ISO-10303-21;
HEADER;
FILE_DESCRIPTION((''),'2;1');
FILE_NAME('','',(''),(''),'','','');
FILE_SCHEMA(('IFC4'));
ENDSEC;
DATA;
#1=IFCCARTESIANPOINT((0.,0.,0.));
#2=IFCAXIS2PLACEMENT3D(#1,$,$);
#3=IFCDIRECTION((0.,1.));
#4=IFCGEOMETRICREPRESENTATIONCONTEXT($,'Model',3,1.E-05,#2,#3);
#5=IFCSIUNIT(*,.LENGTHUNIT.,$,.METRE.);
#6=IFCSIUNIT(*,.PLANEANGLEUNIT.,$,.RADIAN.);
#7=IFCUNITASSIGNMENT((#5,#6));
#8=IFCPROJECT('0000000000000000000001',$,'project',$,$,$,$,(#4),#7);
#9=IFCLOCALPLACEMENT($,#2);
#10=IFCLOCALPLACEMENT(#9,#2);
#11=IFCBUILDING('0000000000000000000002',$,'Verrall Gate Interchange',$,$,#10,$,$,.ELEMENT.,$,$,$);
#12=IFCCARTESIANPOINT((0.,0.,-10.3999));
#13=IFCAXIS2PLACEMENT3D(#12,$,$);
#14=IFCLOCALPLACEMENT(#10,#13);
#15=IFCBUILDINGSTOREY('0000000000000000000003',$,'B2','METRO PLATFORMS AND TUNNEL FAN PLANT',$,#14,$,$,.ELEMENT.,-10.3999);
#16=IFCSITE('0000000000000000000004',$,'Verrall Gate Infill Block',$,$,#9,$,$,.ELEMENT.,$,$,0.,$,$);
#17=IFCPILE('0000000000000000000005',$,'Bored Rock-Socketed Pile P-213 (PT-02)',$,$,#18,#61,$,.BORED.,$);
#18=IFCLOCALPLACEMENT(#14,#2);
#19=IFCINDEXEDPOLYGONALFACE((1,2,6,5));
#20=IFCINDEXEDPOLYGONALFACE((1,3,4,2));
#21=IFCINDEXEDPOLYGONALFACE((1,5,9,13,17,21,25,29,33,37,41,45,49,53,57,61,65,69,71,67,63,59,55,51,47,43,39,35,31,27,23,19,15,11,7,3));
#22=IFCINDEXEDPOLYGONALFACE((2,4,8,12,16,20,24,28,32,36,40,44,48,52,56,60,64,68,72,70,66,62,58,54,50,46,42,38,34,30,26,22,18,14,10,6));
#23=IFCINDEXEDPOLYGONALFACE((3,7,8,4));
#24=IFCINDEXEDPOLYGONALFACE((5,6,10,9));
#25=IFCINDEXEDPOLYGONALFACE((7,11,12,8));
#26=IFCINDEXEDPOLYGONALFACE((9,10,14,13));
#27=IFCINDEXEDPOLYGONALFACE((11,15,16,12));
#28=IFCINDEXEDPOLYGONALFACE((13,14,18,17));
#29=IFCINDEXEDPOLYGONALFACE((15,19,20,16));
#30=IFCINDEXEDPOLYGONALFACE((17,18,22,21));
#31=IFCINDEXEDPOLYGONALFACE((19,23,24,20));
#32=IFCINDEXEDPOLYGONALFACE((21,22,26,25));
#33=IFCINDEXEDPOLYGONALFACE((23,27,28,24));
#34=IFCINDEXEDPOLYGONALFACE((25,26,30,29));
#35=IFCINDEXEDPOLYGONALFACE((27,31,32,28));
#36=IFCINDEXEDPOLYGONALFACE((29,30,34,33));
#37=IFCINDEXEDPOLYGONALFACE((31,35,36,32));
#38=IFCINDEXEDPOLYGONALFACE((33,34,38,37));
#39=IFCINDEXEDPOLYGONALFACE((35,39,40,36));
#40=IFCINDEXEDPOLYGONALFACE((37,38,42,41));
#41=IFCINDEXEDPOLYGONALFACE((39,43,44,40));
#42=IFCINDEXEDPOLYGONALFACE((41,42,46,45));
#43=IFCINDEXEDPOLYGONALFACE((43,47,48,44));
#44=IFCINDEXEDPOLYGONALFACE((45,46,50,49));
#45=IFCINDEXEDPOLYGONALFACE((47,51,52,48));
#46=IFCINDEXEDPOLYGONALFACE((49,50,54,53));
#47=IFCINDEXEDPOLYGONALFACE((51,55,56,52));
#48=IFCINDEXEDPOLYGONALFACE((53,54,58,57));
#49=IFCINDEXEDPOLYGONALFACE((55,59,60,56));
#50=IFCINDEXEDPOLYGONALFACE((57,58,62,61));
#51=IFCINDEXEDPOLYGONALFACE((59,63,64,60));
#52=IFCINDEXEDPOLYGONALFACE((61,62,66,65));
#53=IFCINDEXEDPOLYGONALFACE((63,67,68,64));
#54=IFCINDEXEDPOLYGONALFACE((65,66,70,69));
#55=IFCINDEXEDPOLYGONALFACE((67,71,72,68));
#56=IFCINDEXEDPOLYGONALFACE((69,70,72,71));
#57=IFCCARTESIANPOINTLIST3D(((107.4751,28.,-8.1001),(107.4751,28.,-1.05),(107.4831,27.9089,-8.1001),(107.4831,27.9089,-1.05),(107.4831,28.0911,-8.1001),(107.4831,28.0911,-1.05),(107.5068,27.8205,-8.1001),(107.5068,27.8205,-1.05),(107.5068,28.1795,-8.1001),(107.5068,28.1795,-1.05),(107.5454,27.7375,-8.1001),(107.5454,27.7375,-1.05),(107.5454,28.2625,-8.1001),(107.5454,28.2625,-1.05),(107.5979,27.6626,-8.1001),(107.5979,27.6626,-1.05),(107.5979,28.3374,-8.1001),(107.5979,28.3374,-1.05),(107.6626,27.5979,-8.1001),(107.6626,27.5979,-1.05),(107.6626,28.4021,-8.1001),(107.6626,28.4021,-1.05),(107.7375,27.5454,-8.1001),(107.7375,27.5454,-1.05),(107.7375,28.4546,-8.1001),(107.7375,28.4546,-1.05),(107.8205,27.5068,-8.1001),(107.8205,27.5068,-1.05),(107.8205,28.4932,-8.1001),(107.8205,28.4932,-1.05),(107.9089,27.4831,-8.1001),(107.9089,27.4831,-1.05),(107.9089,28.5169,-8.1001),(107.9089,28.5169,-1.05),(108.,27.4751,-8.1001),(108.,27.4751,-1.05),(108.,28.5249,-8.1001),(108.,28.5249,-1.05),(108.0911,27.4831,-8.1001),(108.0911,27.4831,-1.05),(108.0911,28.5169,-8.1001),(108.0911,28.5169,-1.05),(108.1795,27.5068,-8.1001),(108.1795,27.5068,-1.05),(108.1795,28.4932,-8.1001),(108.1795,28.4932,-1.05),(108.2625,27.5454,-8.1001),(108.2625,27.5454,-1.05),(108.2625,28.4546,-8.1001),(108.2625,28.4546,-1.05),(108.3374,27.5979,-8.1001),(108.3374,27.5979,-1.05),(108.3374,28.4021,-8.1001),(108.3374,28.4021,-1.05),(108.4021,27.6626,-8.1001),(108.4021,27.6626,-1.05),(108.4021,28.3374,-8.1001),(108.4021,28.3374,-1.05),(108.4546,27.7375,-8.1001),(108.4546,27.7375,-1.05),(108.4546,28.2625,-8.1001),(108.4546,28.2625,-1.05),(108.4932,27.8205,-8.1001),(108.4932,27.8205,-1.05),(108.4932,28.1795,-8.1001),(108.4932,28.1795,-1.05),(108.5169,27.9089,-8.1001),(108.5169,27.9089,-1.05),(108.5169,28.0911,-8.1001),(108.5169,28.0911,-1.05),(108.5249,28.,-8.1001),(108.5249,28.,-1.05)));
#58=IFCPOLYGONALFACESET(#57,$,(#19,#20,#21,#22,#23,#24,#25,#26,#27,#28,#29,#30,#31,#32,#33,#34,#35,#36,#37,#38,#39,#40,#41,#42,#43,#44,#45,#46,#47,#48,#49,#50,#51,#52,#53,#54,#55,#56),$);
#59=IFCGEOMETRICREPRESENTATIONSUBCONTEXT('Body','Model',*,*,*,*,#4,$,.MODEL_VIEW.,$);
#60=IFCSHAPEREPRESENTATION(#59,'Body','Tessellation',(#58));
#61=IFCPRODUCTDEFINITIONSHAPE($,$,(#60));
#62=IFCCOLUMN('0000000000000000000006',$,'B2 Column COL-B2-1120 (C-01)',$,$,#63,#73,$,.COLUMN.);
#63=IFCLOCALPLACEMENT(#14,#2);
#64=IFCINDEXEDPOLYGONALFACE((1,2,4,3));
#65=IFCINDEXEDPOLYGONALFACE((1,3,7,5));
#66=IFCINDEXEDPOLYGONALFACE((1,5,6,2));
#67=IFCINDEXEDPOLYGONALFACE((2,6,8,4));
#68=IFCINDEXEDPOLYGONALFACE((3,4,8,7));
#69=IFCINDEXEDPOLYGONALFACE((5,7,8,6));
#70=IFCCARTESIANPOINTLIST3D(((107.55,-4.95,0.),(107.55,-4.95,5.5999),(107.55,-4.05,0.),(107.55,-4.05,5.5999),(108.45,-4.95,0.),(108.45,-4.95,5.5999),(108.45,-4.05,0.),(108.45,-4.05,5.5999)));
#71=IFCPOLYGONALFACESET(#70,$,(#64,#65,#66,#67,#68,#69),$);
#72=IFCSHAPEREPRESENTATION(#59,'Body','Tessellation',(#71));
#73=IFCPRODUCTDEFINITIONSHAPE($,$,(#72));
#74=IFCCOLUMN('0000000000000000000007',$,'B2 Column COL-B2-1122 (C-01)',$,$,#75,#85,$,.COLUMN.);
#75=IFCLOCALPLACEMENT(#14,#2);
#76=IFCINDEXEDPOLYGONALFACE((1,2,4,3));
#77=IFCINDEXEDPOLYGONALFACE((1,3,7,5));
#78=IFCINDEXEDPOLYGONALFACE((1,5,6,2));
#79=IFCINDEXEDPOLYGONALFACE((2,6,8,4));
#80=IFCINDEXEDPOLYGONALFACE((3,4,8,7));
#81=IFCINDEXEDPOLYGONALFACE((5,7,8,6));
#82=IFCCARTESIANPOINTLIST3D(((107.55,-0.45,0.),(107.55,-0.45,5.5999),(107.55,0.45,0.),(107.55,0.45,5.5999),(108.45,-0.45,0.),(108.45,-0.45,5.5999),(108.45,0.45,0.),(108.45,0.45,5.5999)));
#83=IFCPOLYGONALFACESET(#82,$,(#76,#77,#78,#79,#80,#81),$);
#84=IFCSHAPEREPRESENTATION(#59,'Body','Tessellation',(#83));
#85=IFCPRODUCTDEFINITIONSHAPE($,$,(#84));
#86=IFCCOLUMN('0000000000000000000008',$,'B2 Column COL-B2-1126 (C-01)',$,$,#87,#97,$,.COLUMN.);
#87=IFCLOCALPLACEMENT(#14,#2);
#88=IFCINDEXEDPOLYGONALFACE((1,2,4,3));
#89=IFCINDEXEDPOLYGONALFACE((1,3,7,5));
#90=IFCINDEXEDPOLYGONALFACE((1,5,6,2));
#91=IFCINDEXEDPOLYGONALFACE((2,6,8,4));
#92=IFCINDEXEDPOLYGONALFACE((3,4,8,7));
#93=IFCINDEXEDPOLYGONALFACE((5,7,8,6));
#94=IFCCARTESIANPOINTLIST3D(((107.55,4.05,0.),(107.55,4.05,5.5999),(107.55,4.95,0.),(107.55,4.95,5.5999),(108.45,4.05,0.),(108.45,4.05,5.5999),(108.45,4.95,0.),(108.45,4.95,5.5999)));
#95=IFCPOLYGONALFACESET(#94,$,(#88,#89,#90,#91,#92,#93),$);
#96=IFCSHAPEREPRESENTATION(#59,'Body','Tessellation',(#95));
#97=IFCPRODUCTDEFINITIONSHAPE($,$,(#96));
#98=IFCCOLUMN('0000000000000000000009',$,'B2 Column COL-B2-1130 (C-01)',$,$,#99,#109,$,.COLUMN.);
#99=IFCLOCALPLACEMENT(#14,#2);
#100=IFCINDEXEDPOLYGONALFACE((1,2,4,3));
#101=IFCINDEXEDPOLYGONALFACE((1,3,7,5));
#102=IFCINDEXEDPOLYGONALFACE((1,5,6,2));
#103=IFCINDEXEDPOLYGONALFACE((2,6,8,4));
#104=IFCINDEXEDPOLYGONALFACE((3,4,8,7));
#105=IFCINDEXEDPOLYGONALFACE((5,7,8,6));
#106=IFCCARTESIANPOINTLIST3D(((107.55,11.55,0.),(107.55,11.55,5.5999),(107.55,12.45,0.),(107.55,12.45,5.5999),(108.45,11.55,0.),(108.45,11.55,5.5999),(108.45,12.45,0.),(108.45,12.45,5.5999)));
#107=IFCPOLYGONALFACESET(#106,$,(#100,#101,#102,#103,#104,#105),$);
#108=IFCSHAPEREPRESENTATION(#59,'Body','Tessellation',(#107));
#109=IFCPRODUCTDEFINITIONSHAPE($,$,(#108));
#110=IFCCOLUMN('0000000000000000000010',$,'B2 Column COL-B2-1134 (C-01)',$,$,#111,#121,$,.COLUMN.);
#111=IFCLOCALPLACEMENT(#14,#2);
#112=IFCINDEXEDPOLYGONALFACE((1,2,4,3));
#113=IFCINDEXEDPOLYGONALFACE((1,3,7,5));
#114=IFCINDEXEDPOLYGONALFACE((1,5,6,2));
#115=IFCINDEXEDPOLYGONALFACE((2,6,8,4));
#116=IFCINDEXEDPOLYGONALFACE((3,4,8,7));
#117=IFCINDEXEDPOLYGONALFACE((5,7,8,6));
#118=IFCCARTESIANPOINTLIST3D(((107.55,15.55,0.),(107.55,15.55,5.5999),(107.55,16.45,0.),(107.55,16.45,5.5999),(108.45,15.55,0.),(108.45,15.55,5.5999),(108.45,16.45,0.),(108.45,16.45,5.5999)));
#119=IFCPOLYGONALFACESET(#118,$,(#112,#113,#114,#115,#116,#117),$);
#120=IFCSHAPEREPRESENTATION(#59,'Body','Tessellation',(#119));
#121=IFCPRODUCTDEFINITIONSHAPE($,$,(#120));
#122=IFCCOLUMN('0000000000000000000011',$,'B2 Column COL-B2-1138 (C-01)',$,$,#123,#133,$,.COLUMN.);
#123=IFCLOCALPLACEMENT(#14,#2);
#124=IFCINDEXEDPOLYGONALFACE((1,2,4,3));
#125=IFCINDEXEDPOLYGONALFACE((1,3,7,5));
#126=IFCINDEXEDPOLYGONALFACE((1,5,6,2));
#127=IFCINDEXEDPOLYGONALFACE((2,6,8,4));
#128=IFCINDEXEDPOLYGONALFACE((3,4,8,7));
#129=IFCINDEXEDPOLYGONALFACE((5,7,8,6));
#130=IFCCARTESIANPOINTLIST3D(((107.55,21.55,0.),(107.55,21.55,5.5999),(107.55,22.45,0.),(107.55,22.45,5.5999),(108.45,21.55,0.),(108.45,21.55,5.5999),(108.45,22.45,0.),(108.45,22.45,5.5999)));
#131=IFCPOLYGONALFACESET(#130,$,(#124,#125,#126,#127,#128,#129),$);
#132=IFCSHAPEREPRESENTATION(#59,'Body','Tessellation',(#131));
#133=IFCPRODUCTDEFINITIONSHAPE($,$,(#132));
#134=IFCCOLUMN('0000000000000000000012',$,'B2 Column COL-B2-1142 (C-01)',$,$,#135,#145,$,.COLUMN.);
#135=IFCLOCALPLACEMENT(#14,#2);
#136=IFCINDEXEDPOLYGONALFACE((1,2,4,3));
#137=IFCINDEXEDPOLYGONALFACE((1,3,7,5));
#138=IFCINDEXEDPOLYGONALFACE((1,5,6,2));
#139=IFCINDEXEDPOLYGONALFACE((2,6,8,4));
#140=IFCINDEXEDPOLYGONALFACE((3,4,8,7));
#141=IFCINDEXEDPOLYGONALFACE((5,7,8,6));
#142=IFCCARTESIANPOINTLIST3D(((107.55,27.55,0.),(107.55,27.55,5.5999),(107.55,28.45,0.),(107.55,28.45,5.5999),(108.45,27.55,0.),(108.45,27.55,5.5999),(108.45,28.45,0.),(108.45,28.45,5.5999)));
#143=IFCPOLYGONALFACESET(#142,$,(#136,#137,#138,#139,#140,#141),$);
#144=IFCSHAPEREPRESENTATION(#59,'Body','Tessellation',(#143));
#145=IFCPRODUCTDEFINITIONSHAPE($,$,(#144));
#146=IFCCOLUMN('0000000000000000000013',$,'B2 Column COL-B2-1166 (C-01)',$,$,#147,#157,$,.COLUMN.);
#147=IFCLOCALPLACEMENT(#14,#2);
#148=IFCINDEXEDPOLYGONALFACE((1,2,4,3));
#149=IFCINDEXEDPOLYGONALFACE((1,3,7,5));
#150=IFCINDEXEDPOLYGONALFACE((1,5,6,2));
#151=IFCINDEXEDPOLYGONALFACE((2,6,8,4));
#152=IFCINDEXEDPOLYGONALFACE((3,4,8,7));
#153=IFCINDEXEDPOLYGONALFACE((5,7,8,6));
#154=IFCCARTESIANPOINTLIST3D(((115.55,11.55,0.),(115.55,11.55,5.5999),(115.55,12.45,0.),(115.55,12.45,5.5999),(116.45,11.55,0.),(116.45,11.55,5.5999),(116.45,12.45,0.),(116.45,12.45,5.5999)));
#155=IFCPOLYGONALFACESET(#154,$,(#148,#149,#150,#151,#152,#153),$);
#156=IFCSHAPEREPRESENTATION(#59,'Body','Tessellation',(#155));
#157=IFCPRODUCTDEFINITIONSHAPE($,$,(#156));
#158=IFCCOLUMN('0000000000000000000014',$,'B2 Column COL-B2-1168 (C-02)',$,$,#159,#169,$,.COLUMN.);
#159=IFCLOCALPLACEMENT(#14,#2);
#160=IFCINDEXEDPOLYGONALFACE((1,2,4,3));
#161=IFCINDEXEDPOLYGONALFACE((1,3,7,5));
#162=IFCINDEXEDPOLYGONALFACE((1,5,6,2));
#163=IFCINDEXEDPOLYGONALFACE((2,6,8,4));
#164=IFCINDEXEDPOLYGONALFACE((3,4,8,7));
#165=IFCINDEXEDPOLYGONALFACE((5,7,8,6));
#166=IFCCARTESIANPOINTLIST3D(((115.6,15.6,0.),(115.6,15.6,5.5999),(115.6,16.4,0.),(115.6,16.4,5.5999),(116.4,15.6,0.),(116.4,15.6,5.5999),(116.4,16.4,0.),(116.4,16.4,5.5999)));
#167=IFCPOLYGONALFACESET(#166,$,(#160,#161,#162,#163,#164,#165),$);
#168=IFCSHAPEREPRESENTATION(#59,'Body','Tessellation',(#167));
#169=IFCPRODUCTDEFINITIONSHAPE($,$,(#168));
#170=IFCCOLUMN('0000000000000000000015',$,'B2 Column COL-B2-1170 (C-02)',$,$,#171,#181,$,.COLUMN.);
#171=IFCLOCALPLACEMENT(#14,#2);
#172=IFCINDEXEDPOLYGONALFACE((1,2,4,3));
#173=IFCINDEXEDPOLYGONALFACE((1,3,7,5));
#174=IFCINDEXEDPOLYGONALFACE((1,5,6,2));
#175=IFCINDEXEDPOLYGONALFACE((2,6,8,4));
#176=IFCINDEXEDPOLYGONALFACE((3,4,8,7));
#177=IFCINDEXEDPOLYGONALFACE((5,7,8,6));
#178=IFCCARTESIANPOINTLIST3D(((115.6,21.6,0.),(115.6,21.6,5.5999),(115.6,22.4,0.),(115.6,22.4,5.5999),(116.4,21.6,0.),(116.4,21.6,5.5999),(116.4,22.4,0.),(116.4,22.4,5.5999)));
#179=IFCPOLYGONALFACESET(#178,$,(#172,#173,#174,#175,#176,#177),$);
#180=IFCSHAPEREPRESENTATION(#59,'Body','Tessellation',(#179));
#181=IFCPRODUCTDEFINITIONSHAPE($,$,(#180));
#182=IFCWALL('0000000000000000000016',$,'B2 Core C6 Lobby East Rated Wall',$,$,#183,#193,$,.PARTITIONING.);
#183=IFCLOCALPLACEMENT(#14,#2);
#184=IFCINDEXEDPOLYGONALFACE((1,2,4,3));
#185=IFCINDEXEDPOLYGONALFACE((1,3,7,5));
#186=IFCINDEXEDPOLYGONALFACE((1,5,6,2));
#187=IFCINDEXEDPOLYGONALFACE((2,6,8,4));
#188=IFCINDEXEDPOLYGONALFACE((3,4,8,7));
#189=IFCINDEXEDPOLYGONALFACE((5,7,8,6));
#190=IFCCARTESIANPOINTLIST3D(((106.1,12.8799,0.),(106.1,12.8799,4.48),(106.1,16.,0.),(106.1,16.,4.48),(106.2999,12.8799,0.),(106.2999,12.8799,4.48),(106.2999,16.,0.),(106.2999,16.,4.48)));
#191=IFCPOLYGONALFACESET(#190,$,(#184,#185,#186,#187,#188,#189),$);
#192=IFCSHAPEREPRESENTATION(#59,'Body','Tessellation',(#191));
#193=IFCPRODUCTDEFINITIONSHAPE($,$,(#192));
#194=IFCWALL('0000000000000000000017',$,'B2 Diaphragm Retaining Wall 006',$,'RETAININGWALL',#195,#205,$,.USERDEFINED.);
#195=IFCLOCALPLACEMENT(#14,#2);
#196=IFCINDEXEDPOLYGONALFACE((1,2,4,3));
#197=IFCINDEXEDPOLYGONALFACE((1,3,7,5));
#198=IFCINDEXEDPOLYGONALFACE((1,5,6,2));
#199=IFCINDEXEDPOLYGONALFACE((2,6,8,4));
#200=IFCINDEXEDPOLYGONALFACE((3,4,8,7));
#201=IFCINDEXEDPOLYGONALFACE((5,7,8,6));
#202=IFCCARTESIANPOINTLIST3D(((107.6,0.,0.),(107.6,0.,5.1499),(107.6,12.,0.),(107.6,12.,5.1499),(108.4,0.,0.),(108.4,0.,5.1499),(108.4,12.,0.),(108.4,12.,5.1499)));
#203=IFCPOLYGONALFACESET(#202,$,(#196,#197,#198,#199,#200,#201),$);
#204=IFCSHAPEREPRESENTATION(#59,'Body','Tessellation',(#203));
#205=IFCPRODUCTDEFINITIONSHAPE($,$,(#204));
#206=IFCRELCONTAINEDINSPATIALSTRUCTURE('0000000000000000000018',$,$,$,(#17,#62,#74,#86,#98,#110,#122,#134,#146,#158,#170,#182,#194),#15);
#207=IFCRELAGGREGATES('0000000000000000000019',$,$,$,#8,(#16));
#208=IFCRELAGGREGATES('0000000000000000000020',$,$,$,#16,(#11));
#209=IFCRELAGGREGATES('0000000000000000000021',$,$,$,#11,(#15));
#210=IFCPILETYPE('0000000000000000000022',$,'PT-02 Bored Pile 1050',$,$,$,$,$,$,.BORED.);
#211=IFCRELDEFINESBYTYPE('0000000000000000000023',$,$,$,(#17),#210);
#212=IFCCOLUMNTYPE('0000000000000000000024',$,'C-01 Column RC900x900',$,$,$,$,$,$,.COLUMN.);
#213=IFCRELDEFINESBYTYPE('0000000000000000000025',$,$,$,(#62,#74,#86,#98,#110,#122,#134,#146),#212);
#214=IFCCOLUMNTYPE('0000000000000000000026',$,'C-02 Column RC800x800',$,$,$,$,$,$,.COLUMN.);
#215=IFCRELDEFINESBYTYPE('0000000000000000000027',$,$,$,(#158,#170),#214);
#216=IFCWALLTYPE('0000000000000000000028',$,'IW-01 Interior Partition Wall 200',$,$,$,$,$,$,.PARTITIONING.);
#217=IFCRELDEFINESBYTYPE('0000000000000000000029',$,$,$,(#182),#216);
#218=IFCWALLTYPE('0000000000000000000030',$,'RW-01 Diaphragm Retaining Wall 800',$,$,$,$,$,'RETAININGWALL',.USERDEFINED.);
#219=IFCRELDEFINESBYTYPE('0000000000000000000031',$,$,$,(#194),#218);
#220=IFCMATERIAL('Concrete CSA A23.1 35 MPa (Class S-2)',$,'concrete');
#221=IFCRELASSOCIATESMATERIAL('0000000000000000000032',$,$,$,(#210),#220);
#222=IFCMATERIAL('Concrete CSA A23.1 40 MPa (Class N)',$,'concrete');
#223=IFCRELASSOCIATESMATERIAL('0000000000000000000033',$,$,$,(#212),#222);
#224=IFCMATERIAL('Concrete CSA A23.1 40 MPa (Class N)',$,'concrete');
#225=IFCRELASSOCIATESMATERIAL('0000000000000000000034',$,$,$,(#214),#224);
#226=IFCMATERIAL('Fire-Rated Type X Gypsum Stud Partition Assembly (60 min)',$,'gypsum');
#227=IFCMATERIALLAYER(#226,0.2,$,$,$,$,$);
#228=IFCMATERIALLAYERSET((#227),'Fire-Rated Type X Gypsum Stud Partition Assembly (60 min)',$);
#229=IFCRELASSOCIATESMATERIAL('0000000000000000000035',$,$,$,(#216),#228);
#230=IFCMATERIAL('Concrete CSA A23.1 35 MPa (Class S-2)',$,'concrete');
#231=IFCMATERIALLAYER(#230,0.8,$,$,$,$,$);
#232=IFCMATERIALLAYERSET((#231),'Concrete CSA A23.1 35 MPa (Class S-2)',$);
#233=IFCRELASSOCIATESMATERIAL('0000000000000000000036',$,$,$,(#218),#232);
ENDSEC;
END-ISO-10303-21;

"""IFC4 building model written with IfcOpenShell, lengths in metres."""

from ifc_helpers import new_model, si_unit, direction, frame, frame_2d, origin, origin_2d, place, context, subcontext, project, spatial, rectangle, circle, extrude, material, layer, layer_set, material_profile, profile_set, type_object, element, save


model = new_model("IFC4")

# Units and contexts
model_context = context("Model", 3, precision=1e-05, world=origin(), true_north=direction((0.0, 1.0)))
body_context = subcontext(model_context, "Body", "Model", "MODEL_VIEW")
ifc_project = project(units=[si_unit("LENGTHUNIT", "METRE"), si_unit("PLANEANGLEUNIT", "RADIAN")], contexts=[model_context])

# Site, building, storey
site_placement = place(None, origin())
site = spatial("IfcSite", under=ifc_project, at=site_placement, Name="Verrall Gate Infill Block", CompositionType="ELEMENT", RefElevation=0.0)
building_placement = place(site_placement, origin())
building = spatial("IfcBuilding", under=site, at=building_placement, Name="Verrall Gate Interchange", CompositionType="ELEMENT")
storey_placement = place(building_placement, frame((0.0, 0.0, -10.3999)))
storey = spatial("IfcBuildingStorey", under=building, at=storey_placement, Name="B2", Description="METRO PLATFORMS AND TUNNEL FAN PLANT", CompositionType="ELEMENT", Elevation=-10.3999)

# Pile
ifc_material_1 = material(Name="Concrete CSA A23.1 35 MPa (Class S-2)", Category="concrete")
ifc_material_profile_1 = material_profile(ifc_material_1, circle(Radius=0.5249, at=origin_2d()), Name="PILE1050D")
ifc_profile_set_1 = profile_set([ifc_material_profile_1], Name="Concrete CSA A23.1 35 MPa (Class S-2)")
pile_type_1 = type_object("IfcPileType", Name="PT-02 Bored Pile 1050", PredefinedType="BORED", material=ifc_profile_set_1)
for number, where, z_axis, x_axis, name in (
    (1, (108.0, 28.0, -1.05), (0.0, 0.0, -1.0), (1.0, 0.0, 0.0), "Bored Rock-Socketed Pile P-213 (PT-02)"),
):
    element("IfcPile", number, at=place(storey_placement, frame(where, z_axis=z_axis, x_axis=x_axis)), inside=storey, type_object=pile_type_1, Name=name, PredefinedType="BORED", context=body_context, shape_type="SweptSolid", body=[
        extrude(circle(Radius=0.5249, at=origin_2d()), origin(), (0.0, 0.0, 1.0), 7.05),
    ])

# Columns
ifc_material_2 = material(Name="Concrete CSA A23.1 40 MPa (Class N)", Category="concrete")
ifc_material_profile_2 = material_profile(ifc_material_2, rectangle(XDim=0.8999, YDim=0.8999, at=origin_2d()), Name="RC900x900")
ifc_profile_set_2 = profile_set([ifc_material_profile_2], Name="Concrete CSA A23.1 40 MPa (Class N)")
column_type_1 = type_object("IfcColumnType", Name="C-01 Column RC900x900", PredefinedType="COLUMN", material=ifc_profile_set_2)
for number, where, z_axis, x_axis, name in (
    (2, (108.0, -4.5, 0.0), (0.0, 0.0, 1.0), (1.0, 0.0, 0.0), "B2 Column COL-B2-1120 (C-01)"),
    (3, (108.0, 0.0, 0.0), (0.0, 0.0, 1.0), (1.0, 0.0, 0.0), "B2 Column COL-B2-1122 (C-01)"),
    (4, (108.0, 4.5, 0.0), (0.0, 0.0, 1.0), (1.0, 0.0, 0.0), "B2 Column COL-B2-1126 (C-01)"),
    (5, (108.0, 12.0, 0.0), (0.0, 0.0, 1.0), (1.0, 0.0, 0.0), "B2 Column COL-B2-1130 (C-01)"),
    (6, (108.0, 16.0, 0.0), (0.0, 0.0, 1.0), (1.0, 0.0, 0.0), "B2 Column COL-B2-1134 (C-01)"),
    (7, (108.0, 22.0, 0.0), (0.0, 0.0, 1.0), (1.0, 0.0, 0.0), "B2 Column COL-B2-1138 (C-01)"),
    (8, (108.0, 28.0, 0.0), (0.0, 0.0, 1.0), (1.0, 0.0, 0.0), "B2 Column COL-B2-1142 (C-01)"),
    (9, (116.0, 12.0, 0.0), (0.0, 0.0, 1.0), (1.0, 0.0, 0.0), "B2 Column COL-B2-1166 (C-01)"),
):
    element("IfcColumn", number, at=place(storey_placement, frame(where, z_axis=z_axis, x_axis=x_axis)), inside=storey, type_object=column_type_1, Name=name, PredefinedType="COLUMN", context=body_context, shape_type="SweptSolid", body=[
        extrude(rectangle(XDim=0.8999, YDim=0.8999, at=origin_2d()), origin(), (0.0, 0.0, 1.0), 5.5999),
    ])
ifc_material_3 = material(Name="Concrete CSA A23.1 40 MPa (Class N)", Category="concrete")
ifc_material_profile_3 = material_profile(ifc_material_3, rectangle(XDim=0.8, YDim=0.8, at=origin_2d()), Name="RC800x800")
ifc_profile_set_3 = profile_set([ifc_material_profile_3], Name="Concrete CSA A23.1 40 MPa (Class N)")
column_type_2 = type_object("IfcColumnType", Name="C-02 Column RC800x800", PredefinedType="COLUMN", material=ifc_profile_set_3)
for number, where, z_axis, x_axis, name in (
    (10, (116.0, 16.0, 0.0), (0.0, 0.0, 1.0), (1.0, 0.0, 0.0), "B2 Column COL-B2-1168 (C-02)"),
    (11, (116.0, 22.0, 0.0), (0.0, 0.0, 1.0), (1.0, 0.0, 0.0), "B2 Column COL-B2-1170 (C-02)"),
):
    element("IfcColumn", number, at=place(storey_placement, frame(where, z_axis=z_axis, x_axis=x_axis)), inside=storey, type_object=column_type_2, Name=name, PredefinedType="COLUMN", context=body_context, shape_type="SweptSolid", body=[
        extrude(rectangle(XDim=0.8, YDim=0.8, at=origin_2d()), origin(), (0.0, 0.0, 1.0), 5.5999),
    ])

# Walls
ifc_material_4 = material(Name="Fire-Rated Type X Gypsum Stud Partition Assembly (60 min)", Category="gypsum")
ifc_layer_1 = layer(ifc_material_4, 0.2)
ifc_layer_set_1 = layer_set([ifc_layer_1], Name="Fire-Rated Type X Gypsum Stud Partition Assembly (60 min)")
wall_type_1 = type_object("IfcWallType", Name="IW-01 Interior Partition Wall 200", PredefinedType="PARTITIONING", material=ifc_layer_set_1)
wall_1_placement = place(storey_placement, frame((106.2, 12.8799, 0.0), z_axis=(0.0, 0.0, 1.0), x_axis=(0.0, 1.0, 0.0)))
element("IfcWall", 12, at=wall_1_placement, inside=storey, type_object=wall_type_1, Name="B2 Core C6 Lobby East Rated Wall", PredefinedType="PARTITIONING", context=body_context, shape_type="SweptSolid", body=[
    extrude(rectangle(XDim=3.1201, YDim=0.2, at=frame_2d((1.5601, 0.0))), origin(), (0.0, 0.0, 1.0), 4.48),
])
ifc_material_5 = material(Name="Concrete CSA A23.1 35 MPa (Class S-2)", Category="concrete")
ifc_layer_2 = layer(ifc_material_5, 0.8)
ifc_layer_set_2 = layer_set([ifc_layer_2], Name="Concrete CSA A23.1 35 MPa (Class S-2)")
wall_type_2 = type_object("IfcWallType", Name="RW-01 Diaphragm Retaining Wall 800", ElementType="RETAININGWALL", PredefinedType="USERDEFINED", material=ifc_layer_set_2)
wall_2_placement = place(storey_placement, frame((108.0, 0.0, 0.0), z_axis=(0.0, 0.0, 1.0), x_axis=(0.0, 1.0, 0.0)))
element("IfcWall", 13, at=wall_2_placement, inside=storey, type_object=wall_type_2, Name="B2 Diaphragm Retaining Wall 006", ObjectType="RETAININGWALL", PredefinedType="USERDEFINED", context=body_context, shape_type="SweptSolid", body=[
    extrude(rectangle(XDim=12.0, YDim=0.8, at=frame_2d((6.0, 0.0))), origin(), (0.0, 0.0, 1.0), 5.1499),
])

save(model, "model.ifc")
